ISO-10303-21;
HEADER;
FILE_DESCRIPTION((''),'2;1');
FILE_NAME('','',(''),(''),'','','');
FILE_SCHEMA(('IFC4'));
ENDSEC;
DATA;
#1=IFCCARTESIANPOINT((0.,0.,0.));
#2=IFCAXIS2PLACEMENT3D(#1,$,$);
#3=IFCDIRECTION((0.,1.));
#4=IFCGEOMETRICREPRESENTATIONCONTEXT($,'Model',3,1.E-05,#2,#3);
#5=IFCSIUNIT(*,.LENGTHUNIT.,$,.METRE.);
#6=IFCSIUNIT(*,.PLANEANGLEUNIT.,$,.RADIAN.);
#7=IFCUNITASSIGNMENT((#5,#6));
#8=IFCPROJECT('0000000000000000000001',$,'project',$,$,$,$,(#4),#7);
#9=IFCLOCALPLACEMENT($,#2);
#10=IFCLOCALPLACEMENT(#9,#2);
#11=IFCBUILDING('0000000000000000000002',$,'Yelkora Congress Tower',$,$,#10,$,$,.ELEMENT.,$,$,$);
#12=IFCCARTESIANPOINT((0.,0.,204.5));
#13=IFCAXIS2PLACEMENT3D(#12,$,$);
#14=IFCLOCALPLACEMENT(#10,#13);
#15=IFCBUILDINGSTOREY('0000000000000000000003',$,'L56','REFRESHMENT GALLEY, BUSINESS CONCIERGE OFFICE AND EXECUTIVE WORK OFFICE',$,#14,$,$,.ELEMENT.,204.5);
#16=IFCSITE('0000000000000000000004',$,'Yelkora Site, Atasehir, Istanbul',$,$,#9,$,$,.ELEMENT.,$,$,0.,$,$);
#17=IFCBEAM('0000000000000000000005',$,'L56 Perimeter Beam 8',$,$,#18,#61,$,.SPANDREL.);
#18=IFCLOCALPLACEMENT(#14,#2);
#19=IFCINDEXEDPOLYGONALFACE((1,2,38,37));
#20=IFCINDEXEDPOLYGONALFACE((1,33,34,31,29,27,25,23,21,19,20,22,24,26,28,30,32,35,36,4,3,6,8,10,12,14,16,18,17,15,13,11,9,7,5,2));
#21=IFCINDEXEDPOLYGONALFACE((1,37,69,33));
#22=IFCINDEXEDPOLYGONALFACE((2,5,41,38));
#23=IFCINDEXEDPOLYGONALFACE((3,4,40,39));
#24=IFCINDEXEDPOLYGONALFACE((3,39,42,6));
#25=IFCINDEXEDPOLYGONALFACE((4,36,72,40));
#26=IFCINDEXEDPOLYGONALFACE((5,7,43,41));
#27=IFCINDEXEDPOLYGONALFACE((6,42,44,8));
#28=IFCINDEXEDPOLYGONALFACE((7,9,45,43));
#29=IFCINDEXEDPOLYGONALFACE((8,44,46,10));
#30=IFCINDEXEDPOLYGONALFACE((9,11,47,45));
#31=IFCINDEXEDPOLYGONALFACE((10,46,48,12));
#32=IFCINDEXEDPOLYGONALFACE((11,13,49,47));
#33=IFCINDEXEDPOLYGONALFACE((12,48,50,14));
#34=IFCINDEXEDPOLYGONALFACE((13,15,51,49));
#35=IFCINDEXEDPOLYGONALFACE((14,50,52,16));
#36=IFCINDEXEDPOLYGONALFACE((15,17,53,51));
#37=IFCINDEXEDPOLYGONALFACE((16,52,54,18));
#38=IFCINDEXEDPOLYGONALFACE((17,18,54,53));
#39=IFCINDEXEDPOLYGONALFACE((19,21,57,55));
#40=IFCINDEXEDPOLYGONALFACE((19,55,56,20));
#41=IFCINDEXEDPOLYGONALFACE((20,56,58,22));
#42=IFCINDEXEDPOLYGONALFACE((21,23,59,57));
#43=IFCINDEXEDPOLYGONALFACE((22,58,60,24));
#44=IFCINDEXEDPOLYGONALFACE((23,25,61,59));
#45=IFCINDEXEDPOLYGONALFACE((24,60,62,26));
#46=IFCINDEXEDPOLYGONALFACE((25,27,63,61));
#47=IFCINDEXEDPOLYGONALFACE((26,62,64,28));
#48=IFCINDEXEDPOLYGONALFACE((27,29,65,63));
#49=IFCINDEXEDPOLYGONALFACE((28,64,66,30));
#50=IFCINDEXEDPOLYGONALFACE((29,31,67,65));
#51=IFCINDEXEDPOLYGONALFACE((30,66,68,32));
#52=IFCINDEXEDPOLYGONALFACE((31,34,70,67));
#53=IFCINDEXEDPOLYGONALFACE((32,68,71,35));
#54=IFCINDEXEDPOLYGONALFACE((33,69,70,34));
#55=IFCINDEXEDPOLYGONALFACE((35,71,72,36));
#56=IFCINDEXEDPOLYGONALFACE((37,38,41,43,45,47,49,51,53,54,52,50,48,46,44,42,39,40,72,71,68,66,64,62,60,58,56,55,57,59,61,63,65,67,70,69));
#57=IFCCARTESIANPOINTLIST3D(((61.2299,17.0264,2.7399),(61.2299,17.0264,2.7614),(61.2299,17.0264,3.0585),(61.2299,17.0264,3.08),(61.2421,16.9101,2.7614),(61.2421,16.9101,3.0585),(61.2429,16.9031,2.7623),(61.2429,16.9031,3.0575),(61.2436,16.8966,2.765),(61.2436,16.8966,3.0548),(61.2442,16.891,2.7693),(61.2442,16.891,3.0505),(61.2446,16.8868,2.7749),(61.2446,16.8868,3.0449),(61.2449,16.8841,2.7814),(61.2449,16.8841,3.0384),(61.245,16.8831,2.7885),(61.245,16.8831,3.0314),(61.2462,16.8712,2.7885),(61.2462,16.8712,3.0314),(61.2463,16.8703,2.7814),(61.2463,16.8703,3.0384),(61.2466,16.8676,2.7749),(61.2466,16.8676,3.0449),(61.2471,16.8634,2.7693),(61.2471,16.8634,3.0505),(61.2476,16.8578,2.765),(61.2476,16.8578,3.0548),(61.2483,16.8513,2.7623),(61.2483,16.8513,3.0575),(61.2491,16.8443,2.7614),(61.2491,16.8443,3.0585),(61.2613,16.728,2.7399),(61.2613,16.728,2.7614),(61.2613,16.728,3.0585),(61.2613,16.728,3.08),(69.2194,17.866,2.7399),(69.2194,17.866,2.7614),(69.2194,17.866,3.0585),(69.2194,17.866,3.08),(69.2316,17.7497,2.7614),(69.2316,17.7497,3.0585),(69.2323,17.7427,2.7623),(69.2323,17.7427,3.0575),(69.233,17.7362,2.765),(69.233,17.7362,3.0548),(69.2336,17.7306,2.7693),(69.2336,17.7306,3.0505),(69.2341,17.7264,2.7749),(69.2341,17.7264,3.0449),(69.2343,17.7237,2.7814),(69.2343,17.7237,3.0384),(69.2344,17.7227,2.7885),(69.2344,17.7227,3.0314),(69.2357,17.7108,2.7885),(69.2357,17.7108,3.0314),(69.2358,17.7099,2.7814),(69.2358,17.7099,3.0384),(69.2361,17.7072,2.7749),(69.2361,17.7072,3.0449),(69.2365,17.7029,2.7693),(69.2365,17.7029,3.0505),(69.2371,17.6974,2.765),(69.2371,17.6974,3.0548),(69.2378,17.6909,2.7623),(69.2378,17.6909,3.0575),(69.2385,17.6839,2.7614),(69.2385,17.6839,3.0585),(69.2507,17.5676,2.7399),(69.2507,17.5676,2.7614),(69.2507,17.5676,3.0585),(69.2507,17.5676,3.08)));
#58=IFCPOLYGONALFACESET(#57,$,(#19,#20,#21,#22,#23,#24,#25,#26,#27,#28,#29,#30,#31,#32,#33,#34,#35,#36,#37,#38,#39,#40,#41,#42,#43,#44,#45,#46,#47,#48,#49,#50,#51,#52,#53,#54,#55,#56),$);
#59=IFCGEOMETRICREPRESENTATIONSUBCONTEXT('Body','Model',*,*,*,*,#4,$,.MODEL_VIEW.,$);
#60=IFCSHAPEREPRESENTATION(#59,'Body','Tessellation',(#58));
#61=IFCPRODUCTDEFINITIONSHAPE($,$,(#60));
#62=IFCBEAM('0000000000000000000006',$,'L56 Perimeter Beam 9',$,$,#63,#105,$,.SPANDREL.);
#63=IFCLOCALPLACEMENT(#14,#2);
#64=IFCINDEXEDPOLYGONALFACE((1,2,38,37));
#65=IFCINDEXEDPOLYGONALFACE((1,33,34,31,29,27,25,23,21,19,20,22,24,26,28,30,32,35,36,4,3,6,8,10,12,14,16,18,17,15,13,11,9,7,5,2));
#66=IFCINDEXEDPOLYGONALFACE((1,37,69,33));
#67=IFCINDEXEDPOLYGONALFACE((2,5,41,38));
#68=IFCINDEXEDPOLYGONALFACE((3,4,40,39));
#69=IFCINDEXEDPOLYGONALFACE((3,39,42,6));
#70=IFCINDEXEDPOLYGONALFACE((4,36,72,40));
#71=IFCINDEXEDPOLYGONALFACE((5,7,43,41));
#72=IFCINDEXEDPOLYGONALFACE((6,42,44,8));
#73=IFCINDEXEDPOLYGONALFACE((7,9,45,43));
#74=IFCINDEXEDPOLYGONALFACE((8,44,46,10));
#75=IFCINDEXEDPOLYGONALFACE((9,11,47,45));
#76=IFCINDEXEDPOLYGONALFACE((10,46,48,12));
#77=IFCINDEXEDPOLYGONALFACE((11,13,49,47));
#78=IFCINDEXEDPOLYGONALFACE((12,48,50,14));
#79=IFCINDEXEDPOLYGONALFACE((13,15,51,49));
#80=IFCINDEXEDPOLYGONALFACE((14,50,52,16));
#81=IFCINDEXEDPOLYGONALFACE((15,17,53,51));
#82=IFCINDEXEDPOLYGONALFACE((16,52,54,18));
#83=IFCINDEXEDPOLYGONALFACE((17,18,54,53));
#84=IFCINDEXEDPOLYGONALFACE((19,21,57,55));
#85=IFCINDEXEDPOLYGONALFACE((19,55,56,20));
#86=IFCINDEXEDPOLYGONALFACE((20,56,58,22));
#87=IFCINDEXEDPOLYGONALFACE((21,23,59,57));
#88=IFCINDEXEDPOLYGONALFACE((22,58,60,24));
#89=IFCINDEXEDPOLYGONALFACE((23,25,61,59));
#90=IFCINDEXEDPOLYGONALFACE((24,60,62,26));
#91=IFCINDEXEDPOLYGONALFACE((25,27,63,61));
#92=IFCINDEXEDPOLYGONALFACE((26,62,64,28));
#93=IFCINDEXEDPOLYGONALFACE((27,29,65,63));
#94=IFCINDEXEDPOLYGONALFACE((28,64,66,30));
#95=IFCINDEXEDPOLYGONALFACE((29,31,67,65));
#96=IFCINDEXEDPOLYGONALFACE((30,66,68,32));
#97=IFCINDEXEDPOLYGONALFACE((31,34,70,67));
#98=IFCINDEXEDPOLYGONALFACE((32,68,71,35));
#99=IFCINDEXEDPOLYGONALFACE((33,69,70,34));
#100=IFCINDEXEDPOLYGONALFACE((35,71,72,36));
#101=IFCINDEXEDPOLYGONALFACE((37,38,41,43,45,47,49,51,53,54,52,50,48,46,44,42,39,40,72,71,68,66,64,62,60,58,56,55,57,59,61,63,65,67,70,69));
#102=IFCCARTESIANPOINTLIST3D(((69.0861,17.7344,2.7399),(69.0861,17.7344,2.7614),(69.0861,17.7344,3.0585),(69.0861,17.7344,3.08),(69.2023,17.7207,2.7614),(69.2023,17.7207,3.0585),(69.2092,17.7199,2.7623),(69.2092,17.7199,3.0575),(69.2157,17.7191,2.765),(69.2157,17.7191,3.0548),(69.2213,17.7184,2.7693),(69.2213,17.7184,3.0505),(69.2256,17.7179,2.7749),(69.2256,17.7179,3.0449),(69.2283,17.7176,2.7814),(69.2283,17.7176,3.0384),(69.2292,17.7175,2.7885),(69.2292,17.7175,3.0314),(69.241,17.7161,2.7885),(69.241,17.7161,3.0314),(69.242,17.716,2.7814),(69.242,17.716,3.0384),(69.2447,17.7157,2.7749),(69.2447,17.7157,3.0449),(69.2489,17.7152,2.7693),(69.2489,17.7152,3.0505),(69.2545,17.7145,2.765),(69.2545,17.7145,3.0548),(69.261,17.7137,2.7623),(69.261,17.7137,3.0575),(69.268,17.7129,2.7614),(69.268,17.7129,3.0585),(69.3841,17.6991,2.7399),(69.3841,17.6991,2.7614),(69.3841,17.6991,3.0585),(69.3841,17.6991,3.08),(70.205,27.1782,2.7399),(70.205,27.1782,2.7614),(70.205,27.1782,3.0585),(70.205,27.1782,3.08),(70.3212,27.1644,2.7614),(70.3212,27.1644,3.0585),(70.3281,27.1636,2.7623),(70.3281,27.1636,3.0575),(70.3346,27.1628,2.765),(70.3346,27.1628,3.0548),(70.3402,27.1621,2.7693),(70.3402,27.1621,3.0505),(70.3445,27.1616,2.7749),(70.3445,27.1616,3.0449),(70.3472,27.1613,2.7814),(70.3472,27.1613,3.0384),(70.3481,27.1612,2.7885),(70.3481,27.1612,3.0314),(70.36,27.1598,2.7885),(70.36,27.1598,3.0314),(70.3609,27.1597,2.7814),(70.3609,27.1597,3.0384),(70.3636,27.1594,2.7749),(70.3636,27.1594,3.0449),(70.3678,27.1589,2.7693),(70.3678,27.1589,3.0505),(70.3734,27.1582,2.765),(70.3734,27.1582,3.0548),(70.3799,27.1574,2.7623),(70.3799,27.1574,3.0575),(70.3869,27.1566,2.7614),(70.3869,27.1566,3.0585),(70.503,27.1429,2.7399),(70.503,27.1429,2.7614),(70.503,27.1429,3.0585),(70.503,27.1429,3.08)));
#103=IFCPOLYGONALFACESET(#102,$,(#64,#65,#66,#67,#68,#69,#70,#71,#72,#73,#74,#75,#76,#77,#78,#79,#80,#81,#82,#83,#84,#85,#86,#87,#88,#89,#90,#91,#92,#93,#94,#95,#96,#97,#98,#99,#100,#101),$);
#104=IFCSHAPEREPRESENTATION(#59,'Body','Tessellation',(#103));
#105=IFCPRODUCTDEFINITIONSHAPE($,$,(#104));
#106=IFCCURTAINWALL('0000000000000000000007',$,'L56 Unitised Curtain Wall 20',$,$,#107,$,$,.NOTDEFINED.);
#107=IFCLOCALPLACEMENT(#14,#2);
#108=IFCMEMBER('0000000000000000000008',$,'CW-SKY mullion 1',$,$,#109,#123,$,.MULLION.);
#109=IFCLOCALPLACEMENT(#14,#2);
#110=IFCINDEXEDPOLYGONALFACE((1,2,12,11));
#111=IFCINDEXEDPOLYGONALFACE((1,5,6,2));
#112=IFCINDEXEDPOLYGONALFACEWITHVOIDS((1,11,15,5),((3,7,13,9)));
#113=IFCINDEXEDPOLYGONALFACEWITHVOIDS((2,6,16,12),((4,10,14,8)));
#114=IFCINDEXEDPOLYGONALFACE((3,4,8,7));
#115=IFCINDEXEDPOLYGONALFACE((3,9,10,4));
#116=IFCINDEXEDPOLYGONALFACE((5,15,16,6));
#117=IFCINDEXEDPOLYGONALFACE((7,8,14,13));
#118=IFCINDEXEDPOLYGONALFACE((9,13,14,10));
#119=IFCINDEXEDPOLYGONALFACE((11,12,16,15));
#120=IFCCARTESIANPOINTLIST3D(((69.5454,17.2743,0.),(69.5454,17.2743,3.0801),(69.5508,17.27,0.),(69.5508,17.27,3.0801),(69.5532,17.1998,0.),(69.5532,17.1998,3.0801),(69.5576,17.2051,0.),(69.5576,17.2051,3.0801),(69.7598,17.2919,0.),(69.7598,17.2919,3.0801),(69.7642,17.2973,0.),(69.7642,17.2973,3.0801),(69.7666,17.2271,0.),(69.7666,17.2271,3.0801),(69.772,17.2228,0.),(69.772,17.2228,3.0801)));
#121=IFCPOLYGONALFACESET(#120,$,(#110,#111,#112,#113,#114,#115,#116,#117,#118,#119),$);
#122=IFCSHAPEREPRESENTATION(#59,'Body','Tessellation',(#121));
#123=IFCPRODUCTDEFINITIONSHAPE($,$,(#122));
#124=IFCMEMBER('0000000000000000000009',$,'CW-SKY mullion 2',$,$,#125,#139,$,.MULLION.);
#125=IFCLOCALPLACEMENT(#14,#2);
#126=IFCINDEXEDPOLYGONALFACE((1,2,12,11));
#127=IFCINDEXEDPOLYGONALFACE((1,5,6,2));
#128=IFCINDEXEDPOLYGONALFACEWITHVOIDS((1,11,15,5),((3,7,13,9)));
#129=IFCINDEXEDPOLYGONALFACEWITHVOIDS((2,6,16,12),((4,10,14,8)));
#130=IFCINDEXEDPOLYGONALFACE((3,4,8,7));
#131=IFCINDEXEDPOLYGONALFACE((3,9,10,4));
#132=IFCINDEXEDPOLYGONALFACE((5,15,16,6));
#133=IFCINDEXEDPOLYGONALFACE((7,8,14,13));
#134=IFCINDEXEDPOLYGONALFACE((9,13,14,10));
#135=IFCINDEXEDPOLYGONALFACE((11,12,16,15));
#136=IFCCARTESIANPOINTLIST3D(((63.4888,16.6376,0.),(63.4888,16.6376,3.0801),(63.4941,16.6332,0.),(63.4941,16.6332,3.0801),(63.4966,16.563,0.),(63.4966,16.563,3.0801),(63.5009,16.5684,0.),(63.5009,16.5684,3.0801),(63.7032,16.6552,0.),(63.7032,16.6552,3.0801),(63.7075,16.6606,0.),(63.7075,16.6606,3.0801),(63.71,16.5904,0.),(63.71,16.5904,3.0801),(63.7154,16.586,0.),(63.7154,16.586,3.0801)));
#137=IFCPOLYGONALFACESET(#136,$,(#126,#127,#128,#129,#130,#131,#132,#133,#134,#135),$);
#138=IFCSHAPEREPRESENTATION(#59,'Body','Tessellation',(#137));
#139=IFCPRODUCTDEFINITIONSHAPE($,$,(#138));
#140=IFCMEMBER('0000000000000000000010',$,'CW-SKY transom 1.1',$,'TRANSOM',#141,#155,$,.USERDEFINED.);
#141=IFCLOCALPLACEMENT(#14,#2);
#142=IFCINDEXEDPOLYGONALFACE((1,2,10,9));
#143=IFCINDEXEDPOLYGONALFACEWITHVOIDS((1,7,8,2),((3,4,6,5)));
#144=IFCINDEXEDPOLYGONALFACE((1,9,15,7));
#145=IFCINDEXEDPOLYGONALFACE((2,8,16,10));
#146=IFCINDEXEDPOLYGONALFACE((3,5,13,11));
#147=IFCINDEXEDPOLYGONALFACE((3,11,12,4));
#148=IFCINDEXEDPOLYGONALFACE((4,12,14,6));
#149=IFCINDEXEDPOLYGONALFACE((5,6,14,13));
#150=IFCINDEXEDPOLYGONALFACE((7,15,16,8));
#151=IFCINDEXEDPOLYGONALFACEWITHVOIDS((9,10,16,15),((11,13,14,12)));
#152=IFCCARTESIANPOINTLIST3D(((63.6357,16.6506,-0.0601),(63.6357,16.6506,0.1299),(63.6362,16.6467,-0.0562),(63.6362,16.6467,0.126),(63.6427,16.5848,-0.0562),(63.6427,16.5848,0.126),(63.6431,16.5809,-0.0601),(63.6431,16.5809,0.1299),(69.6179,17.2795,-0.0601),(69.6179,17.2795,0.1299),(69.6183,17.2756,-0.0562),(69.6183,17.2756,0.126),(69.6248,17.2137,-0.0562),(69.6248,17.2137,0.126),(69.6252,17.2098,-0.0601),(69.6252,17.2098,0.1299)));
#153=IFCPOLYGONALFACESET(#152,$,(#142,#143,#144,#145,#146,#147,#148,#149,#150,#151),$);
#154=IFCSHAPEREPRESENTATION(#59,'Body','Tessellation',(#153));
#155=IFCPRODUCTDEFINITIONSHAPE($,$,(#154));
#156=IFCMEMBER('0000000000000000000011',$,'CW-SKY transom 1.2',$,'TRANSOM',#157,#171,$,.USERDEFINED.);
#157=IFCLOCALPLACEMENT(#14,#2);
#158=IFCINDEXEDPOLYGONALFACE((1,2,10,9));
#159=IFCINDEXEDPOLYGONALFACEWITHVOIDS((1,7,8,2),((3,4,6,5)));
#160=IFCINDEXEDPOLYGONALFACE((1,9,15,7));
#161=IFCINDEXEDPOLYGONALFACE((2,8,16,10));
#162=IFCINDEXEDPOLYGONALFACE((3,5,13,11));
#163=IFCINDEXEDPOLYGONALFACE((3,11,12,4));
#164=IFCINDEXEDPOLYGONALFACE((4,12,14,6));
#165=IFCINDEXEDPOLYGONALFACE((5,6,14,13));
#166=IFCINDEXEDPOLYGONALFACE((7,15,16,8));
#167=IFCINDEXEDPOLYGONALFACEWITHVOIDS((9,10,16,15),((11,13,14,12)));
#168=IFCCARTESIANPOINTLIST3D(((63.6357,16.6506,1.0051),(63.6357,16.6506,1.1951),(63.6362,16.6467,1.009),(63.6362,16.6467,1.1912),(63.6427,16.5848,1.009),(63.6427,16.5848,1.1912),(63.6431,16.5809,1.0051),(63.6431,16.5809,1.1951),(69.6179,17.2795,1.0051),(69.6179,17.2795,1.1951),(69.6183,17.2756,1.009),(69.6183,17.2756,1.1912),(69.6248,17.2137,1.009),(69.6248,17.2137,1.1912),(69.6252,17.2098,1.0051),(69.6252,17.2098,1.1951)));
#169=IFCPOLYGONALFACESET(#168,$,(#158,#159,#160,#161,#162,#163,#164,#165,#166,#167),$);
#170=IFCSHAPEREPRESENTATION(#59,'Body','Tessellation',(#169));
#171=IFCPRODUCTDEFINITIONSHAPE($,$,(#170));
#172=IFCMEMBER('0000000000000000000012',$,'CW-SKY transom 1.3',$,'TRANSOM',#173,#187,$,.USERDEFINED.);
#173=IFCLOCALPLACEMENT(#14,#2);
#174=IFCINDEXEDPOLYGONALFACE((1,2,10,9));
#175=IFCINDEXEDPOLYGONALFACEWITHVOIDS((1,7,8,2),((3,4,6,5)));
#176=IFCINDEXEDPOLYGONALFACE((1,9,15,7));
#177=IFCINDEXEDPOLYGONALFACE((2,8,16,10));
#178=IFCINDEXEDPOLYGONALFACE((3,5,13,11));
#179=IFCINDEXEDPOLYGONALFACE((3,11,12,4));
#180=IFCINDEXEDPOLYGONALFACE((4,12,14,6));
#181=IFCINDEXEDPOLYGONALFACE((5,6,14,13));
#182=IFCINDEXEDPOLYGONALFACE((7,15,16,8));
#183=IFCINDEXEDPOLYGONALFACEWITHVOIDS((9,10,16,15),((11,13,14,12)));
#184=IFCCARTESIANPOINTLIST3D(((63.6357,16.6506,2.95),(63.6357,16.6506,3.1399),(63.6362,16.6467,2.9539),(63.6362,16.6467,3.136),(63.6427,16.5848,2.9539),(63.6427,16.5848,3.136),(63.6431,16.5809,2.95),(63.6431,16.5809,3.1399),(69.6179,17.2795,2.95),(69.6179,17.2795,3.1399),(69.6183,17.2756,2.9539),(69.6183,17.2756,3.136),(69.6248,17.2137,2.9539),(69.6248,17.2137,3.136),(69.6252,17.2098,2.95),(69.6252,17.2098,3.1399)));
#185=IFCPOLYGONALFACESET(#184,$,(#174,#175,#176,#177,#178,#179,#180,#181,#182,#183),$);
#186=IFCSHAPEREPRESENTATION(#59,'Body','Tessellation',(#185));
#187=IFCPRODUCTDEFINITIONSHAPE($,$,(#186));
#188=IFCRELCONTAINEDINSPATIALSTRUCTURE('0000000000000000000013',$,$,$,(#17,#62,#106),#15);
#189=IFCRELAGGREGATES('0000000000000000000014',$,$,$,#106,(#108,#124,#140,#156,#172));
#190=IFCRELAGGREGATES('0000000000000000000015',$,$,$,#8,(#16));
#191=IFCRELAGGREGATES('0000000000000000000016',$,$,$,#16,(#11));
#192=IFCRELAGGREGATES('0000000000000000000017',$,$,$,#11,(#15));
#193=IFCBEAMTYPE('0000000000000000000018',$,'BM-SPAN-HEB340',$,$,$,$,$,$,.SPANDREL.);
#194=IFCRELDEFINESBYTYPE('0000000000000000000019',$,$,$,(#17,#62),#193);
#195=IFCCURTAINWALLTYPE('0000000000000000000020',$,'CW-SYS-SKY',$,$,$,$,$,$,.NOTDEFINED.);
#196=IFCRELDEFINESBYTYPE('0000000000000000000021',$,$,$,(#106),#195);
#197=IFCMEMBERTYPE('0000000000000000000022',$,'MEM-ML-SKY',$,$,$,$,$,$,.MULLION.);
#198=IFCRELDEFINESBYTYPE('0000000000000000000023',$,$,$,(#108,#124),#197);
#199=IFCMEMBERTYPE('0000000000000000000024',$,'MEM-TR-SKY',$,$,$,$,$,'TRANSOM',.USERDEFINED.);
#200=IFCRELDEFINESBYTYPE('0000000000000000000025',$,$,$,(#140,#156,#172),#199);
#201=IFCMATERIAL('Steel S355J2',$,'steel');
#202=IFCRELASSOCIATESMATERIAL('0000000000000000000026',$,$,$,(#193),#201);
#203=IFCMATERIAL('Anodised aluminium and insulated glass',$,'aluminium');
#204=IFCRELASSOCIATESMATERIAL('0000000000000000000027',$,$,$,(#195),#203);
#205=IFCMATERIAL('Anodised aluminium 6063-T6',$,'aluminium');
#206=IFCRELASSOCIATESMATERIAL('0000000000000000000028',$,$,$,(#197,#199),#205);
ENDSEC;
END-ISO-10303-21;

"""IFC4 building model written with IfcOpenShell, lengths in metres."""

from ifc_helpers import new_model, si_unit, direction, frame, origin, origin_2d, place, context, subcontext, project, spatial, hollow_rectangle, i_section, extrude, material, material_profile, profile_set, type_object, element, aggregate, save


model = new_model("IFC4")

# Units and contexts
model_context = context("Model", 3, precision=1e-05, world=origin(), true_north=direction((0.0, 1.0)))
body_context = subcontext(model_context, "Body", "Model", "MODEL_VIEW")
ifc_project = project(units=[si_unit("LENGTHUNIT", "METRE"), si_unit("PLANEANGLEUNIT", "RADIAN")], contexts=[model_context])

# Site, building, storey
site_placement = place(None, origin())
site = spatial("IfcSite", under=ifc_project, at=site_placement, Name="Yelkora Site, Atasehir, Istanbul", CompositionType="ELEMENT", RefElevation=0.0)
building_placement = place(site_placement, origin())
building = spatial("IfcBuilding", under=site, at=building_placement, Name="Yelkora Congress Tower", CompositionType="ELEMENT")
storey_placement = place(building_placement, frame((0.0, 0.0, 204.5)))
storey = spatial("IfcBuildingStorey", under=building, at=storey_placement, Name="L56", Description="REFRESHMENT GALLEY, BUSINESS CONCIERGE OFFICE AND EXECUTIVE WORK OFFICE", CompositionType="ELEMENT", Elevation=204.5)

# Shared definitions
ifc_material_1 = material(Name="Steel S355J2", Category="steel")

# Beams
ifc_material_profile_1 = material_profile(ifc_material_1, i_section(OverallWidth=0.3, OverallDepth=0.3401, WebThickness=0.012, FlangeThickness=0.0215, FilletRadius=0.0271, at=origin_2d()), Name="HEB 340")
ifc_profile_set_1 = profile_set([ifc_material_profile_1], Name="Steel S355J2")
beam_type_1 = type_object("IfcBeamType", Name="BM-SPAN-HEB340", PredefinedType="SPANDREL", material=ifc_profile_set_1)
beam_1_placement = place(storey_placement, frame((61.2456, 16.8772, 2.9099), z_axis=(0.994524, 0.104512, 0.0), x_axis=(-0.104512, 0.994524, 0.0)))
element("IfcBeam", 1, at=beam_1_placement, inside=storey, type_object=beam_type_1, Name="L56 Perimeter Beam 8", PredefinedType="SPANDREL", context=body_context, shape_type="SweptSolid", body=[
    extrude(i_section(OverallWidth=0.3, OverallDepth=0.3401, WebThickness=0.012, FlangeThickness=0.0215, FilletRadius=0.0271, at=origin_2d()), origin(), (0.0, 0.0, 1.0), 8.0334),
])
beam_2_placement = place(storey_placement, frame((69.2351, 17.7168, 2.9099), z_axis=(0.117659, 0.993054, 0.0), x_axis=(-0.993054, 0.117659, 0.0)))
element("IfcBeam", 2, at=beam_2_placement, inside=storey, type_object=beam_type_1, Name="L56 Perimeter Beam 9", PredefinedType="SPANDREL", context=body_context, shape_type="SweptSolid", body=[
    extrude(i_section(OverallWidth=0.3, OverallDepth=0.3401, WebThickness=0.012, FlangeThickness=0.0215, FilletRadius=0.0271, at=origin_2d()), origin(), (0.0, 0.0, 1.0), 9.5098),
])

# Curtain wall, members
ifc_material_2 = material(Name="Anodised aluminium and insulated glass", Category="aluminium")
curtain_wall_type = type_object("IfcCurtainWallType", Name="CW-SYS-SKY", PredefinedType="NOTDEFINED", material=ifc_material_2)
curtain_wall_placement = place(storey_placement, origin())
curtain_wall = element("IfcCurtainWall", 3, at=curtain_wall_placement, inside=storey, type_object=curtain_wall_type, Name="L56 Unitised Curtain Wall 20", PredefinedType="NOTDEFINED")
ifc_material_3 = material(Name="Anodised aluminium 6063-T6", Category="aluminium")
ifc_material_profile_2 = material_profile(ifc_material_3, hollow_rectangle(XDim=0.075, YDim=0.22, WallThickness=0.0049, at=origin_2d()), Name="ALU 75x220x5")
ifc_profile_set_2 = profile_set([ifc_material_profile_2], Name="Anodised aluminium 6063-T6")
member_type_1 = type_object("IfcMemberType", Name="MEM-ML-SKY", PredefinedType="MULLION", material=ifc_profile_set_2)
member_1_placement = place(storey_placement, frame((69.6587, 17.2485, 0.0), z_axis=(0.0, 0.0, 1.0), x_axis=(0.104527, -0.994522, 0.0)))
member_1 = element("IfcMember", 4, at=member_1_placement, type_object=member_type_1, Name="CW-SKY mullion 1", PredefinedType="MULLION", context=body_context, shape_type="SweptSolid", body=[
    extrude(hollow_rectangle(XDim=0.075, YDim=0.22, WallThickness=0.0049, at=origin_2d()), origin(), (0.0, 0.0, 1.0), 3.0801),
])
member_2_placement = place(storey_placement, frame((63.6021, 16.6118, 0.0), z_axis=(0.0, 0.0, 1.0), x_axis=(0.104527, -0.994522, 0.0)))
member_2 = element("IfcMember", 5, at=member_2_placement, type_object=member_type_1, Name="CW-SKY mullion 2", PredefinedType="MULLION", context=body_context, shape_type="SweptSolid", body=[
    extrude(hollow_rectangle(XDim=0.075, YDim=0.22, WallThickness=0.0049, at=origin_2d()), origin(), (0.0, 0.0, 1.0), 3.0801),
])
ifc_material_profile_3 = material_profile(ifc_material_3, hollow_rectangle(XDim=0.0701, YDim=0.1899, WallThickness=0.0039, at=origin_2d()), Name="ALU 70x190x4")
ifc_profile_set_3 = profile_set([ifc_material_profile_3], Name="Anodised aluminium 6063-T6")
member_type_2 = type_object("IfcMemberType", Name="MEM-TR-SKY", ElementType="TRANSOM", PredefinedType="USERDEFINED", material=ifc_profile_set_3)
member_3_placement = place(storey_placement, frame((69.6216, 17.2446, 0.0349), z_axis=(-0.994519, -0.104554, 0.0), x_axis=(0.104554, -0.994519, 0.0)))
member_3 = element("IfcMember", 6, at=member_3_placement, type_object=member_type_2, Name="CW-SKY transom 1.1", ObjectType="TRANSOM", PredefinedType="USERDEFINED", context=body_context, shape_type="SweptSolid", body=[
    extrude(hollow_rectangle(XDim=0.0701, YDim=0.1899, WallThickness=0.0039, at=origin_2d()), origin(), (0.0, 0.0, 1.0), 6.0151),
])
member_4_placement = place(storey_placement, frame((69.6216, 17.2446, 1.1001), z_axis=(-0.994519, -0.104554, 0.0), x_axis=(0.104554, -0.994519, 0.0)))
member_4 = element("IfcMember", 7, at=member_4_placement, type_object=member_type_2, Name="CW-SKY transom 1.2", ObjectType="TRANSOM", PredefinedType="USERDEFINED", context=body_context, shape_type="SweptSolid", body=[
    extrude(hollow_rectangle(XDim=0.0701, YDim=0.1899, WallThickness=0.0039, at=origin_2d()), origin(), (0.0, 0.0, 1.0), 6.0151),
])
member_5_placement = place(storey_placement, frame((69.6216, 17.2446, 3.0449), z_axis=(-0.994519, -0.104554, 0.0), x_axis=(0.104554, -0.994519, 0.0)))
member_5 = element("IfcMember", 8, at=member_5_placement, type_object=member_type_2, Name="CW-SKY transom 1.3", ObjectType="TRANSOM", PredefinedType="USERDEFINED", context=body_context, shape_type="SweptSolid", body=[
    extrude(hollow_rectangle(XDim=0.0701, YDim=0.1899, WallThickness=0.0039, at=origin_2d()), origin(), (0.0, 0.0, 1.0), 6.0151),
])
aggregate(curtain_wall, [member_1, member_2, member_3, member_4, member_5])

save(model, "model.ifc")
